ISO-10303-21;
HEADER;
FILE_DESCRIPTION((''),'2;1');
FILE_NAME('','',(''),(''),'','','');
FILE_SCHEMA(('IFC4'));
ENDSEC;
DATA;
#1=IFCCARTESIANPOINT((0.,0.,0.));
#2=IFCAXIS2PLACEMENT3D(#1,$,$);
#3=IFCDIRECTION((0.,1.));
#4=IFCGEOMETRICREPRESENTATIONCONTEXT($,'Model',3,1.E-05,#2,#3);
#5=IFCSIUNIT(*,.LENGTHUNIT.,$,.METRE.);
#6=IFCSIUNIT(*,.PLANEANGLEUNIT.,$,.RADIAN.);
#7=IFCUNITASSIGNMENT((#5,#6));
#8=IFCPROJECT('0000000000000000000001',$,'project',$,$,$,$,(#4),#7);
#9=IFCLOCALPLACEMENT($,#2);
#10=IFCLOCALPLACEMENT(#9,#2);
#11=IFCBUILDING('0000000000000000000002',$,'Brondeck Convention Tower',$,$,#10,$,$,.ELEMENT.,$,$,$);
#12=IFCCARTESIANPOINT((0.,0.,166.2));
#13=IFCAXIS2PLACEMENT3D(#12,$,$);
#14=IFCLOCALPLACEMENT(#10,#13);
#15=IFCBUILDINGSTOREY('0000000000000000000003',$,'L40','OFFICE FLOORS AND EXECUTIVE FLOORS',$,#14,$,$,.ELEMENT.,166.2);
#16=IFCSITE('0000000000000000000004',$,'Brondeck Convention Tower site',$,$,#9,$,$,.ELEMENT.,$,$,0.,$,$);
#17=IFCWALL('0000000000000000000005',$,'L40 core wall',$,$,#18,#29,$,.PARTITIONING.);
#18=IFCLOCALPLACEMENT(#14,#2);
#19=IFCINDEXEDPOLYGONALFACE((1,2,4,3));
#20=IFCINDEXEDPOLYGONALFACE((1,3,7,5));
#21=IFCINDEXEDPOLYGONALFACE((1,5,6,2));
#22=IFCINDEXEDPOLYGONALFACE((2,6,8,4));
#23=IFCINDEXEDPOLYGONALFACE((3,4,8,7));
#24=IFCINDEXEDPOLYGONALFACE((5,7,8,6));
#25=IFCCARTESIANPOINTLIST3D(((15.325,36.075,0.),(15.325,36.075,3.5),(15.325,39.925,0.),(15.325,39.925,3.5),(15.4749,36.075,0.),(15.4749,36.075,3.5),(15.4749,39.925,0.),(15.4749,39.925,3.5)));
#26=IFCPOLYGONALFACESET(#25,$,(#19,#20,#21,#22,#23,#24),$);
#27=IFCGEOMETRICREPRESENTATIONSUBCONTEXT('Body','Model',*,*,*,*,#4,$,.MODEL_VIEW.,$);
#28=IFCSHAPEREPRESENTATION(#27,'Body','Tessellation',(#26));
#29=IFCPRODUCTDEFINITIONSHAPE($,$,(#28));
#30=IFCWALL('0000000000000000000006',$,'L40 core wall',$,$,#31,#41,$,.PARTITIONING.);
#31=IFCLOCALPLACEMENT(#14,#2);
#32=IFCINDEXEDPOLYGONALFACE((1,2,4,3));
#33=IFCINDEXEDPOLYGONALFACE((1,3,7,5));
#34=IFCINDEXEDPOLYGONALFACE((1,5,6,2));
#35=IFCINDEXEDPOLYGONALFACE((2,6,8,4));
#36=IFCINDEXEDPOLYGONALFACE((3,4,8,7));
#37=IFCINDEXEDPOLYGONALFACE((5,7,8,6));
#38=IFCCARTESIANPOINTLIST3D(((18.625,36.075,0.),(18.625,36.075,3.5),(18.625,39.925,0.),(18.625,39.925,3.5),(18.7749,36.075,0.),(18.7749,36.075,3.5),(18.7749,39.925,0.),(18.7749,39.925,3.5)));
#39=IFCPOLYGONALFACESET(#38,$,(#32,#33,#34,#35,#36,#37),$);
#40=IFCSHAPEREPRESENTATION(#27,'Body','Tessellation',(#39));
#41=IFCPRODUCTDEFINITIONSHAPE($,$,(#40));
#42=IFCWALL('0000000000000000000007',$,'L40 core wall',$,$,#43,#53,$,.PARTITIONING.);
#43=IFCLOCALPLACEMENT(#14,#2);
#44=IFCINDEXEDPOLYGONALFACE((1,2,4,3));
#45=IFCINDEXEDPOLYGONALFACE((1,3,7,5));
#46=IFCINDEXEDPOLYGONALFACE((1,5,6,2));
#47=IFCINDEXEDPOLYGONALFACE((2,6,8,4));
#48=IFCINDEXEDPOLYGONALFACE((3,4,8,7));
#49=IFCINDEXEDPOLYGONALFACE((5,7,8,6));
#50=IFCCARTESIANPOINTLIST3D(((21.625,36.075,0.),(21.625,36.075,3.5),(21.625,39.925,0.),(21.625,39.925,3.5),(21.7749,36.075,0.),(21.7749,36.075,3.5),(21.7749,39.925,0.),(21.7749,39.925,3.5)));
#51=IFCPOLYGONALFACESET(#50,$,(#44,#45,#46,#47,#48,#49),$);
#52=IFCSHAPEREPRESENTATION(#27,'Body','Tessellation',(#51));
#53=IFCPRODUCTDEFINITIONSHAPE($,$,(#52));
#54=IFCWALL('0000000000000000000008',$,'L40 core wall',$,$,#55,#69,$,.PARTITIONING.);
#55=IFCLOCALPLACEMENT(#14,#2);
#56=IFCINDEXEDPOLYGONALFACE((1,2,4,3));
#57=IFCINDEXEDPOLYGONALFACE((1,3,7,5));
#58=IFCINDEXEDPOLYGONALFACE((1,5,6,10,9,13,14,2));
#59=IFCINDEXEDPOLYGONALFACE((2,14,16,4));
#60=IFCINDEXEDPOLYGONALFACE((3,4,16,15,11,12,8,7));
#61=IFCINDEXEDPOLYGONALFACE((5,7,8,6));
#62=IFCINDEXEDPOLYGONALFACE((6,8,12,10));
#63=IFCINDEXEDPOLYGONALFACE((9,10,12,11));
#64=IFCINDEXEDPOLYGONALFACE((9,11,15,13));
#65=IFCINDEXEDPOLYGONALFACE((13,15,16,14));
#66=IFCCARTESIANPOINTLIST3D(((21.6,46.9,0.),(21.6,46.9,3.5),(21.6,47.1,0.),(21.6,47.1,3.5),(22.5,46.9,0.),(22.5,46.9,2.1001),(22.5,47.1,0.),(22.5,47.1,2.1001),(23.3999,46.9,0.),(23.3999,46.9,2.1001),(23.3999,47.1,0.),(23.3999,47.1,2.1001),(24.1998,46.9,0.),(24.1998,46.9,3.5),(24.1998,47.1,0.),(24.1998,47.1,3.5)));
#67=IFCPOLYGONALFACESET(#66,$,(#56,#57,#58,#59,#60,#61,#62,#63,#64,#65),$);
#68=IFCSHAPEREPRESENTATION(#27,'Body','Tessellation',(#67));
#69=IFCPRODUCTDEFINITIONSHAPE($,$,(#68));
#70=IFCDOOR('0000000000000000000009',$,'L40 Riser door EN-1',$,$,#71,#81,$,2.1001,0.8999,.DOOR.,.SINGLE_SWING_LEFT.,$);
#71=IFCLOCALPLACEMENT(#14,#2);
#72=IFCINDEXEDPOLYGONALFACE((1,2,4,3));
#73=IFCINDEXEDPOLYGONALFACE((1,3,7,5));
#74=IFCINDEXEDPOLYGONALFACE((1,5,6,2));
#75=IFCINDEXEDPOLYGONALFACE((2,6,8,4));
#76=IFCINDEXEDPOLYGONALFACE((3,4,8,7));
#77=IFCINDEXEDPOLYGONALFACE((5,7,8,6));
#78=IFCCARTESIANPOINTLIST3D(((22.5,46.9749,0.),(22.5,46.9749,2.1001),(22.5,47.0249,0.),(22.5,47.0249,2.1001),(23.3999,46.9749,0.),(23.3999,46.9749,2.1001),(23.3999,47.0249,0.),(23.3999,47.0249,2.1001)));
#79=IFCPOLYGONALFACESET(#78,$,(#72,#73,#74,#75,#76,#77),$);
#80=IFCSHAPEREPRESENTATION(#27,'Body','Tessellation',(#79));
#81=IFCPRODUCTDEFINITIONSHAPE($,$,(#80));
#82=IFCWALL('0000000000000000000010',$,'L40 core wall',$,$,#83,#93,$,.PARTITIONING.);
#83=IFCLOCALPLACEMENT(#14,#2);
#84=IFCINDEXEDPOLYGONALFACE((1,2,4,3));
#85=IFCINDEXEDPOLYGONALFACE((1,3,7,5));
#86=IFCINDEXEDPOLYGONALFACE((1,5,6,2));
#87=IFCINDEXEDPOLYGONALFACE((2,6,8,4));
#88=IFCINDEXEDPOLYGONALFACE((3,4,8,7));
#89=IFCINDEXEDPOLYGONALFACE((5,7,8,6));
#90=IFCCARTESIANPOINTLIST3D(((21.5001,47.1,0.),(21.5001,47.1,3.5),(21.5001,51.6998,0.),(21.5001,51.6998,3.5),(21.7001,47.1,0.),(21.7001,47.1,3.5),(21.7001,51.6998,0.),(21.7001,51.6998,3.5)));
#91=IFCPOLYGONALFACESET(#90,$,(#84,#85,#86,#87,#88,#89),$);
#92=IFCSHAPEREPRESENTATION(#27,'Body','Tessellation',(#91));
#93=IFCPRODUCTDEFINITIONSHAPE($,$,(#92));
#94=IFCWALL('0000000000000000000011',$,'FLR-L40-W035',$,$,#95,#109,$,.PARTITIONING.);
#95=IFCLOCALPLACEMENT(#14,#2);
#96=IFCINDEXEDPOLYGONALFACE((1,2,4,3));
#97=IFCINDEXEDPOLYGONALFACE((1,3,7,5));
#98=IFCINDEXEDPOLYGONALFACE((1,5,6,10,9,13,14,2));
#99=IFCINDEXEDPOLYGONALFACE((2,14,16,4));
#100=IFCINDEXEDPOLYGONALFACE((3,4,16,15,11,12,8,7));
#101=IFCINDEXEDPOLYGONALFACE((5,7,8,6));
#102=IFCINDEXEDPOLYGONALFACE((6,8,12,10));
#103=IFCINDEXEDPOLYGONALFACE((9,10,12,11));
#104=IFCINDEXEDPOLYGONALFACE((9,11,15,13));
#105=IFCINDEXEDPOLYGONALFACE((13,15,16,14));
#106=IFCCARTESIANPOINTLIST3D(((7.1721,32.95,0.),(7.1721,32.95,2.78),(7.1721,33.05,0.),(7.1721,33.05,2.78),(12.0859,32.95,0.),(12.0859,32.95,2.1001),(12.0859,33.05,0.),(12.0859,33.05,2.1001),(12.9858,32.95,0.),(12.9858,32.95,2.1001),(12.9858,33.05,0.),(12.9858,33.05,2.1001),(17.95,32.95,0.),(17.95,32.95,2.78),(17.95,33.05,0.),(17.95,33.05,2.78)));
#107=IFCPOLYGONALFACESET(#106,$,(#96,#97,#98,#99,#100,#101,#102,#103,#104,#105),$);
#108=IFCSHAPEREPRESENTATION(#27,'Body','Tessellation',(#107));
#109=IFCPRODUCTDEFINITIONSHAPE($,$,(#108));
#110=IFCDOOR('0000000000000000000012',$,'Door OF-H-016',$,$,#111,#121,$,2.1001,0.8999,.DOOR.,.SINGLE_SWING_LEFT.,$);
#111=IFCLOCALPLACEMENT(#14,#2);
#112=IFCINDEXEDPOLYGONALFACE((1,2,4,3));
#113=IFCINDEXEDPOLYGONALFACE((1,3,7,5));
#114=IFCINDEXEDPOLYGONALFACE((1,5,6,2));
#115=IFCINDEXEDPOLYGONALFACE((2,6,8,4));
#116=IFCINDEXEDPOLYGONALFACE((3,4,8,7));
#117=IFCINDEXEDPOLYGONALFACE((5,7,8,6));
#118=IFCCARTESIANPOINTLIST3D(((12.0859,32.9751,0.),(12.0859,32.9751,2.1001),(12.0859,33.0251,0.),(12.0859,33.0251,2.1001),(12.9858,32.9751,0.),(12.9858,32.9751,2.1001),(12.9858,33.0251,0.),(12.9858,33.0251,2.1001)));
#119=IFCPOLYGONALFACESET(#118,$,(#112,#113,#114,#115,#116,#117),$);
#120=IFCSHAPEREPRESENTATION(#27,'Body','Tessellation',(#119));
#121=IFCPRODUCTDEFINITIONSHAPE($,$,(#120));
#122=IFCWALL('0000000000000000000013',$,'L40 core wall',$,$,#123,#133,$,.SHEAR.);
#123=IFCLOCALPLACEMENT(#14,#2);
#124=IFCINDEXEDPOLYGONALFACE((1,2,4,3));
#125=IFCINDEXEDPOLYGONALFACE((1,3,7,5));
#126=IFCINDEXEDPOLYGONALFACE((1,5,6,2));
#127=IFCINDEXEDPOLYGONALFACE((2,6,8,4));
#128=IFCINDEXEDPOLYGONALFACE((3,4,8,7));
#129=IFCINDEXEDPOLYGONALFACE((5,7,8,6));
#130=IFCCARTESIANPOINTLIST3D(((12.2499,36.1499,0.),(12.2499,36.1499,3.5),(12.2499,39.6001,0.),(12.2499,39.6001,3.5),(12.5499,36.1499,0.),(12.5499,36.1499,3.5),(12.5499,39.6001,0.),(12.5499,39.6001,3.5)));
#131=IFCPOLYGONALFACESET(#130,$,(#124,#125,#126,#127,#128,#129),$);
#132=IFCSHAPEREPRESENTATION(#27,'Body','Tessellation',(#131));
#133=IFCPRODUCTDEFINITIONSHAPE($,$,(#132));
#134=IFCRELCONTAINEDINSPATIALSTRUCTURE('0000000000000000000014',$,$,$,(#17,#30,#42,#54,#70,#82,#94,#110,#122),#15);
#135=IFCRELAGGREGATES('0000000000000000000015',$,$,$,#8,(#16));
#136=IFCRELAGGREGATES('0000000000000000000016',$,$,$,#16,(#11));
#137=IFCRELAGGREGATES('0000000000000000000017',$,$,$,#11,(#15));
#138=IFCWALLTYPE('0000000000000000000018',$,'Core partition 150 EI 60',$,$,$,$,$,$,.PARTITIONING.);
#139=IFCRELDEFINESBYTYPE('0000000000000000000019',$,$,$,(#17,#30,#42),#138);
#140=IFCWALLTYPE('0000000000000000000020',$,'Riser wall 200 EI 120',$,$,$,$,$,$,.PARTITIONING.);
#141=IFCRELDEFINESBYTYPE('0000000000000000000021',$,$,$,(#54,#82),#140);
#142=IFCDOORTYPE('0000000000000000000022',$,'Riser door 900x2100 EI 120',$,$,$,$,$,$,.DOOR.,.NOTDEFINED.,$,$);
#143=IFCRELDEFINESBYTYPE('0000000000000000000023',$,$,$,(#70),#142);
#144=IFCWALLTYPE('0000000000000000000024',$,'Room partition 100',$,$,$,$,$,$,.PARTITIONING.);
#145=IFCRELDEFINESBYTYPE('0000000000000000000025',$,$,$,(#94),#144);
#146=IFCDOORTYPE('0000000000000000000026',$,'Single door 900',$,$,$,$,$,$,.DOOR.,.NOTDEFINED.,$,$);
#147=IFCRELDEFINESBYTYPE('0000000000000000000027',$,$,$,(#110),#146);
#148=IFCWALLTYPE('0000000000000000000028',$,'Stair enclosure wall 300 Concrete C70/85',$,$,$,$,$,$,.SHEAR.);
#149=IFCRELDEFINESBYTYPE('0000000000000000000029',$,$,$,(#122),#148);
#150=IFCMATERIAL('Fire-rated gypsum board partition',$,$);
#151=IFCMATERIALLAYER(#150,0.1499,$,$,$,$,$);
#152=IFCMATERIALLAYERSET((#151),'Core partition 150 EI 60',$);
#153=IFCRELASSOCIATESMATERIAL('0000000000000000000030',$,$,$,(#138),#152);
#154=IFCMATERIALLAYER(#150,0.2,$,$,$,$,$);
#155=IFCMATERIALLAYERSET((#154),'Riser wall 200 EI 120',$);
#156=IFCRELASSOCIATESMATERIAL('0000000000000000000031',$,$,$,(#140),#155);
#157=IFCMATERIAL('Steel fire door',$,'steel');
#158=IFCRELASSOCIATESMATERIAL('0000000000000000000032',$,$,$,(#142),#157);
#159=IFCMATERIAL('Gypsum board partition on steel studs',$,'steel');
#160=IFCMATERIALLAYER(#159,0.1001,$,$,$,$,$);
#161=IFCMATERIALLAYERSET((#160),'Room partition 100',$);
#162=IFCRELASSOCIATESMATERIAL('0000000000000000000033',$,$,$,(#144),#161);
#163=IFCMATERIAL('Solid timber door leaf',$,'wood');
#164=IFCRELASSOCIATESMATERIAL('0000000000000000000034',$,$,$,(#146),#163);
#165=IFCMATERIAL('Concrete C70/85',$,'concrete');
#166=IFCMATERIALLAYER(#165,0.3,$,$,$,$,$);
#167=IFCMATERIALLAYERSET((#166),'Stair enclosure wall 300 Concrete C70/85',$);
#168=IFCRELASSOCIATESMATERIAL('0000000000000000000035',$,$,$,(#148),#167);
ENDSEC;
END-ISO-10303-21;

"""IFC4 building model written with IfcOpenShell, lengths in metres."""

from ifc_helpers import new_model, si_unit, direction, frame, frame_2d, origin, place, context, subcontext, project, spatial, rectangle, extrude, material, layer, layer_set, type_object, element, fill, save


model = new_model("IFC4")

# Units and contexts
model_context = context("Model", 3, precision=1e-05, world=origin(), true_north=direction((0.0, 1.0)))
body_context = subcontext(model_context, "Body", "Model", "MODEL_VIEW")
ifc_project = project(units=[si_unit("LENGTHUNIT", "METRE"), si_unit("PLANEANGLEUNIT", "RADIAN")], contexts=[model_context])

# Site, building, storey
site_placement = place(None, origin())
site = spatial("IfcSite", under=ifc_project, at=site_placement, Name="Brondeck Convention Tower site", CompositionType="ELEMENT", RefElevation=0.0)
building_placement = place(site_placement, origin())
building = spatial("IfcBuilding", under=site, at=building_placement, Name="Brondeck Convention Tower", CompositionType="ELEMENT")
storey_placement = place(building_placement, frame((0.0, 0.0, 166.2)))
storey = spatial("IfcBuildingStorey", under=building, at=storey_placement, Name="L40", Description="OFFICE FLOORS AND EXECUTIVE FLOORS", CompositionType="ELEMENT", Elevation=166.2)

# Shared definitions
ifc_material_1 = material(Name="Concrete C70/85", Category="concrete")
ifc_material_2 = material(Name="Steel fire door", Category="steel")

# Walls
ifc_material_3 = material(Name="Fire-rated gypsum board partition")
ifc_layer_1 = layer(ifc_material_3, 0.1499)
ifc_layer_set_1 = layer_set([ifc_layer_1], Name="Core partition 150 EI 60")
wall_type_1 = type_object("IfcWallType", Name="Core partition 150 EI 60", PredefinedType="PARTITIONING", material=ifc_layer_set_1)
for number, where, z_axis, x_axis, name in (
    (1, (15.3999, 36.075, 0.0), (0.0, 0.0, 1.0), (0.0, 1.0, 0.0), "L40 core wall"),
    (2, (18.7, 36.075, 0.0), (0.0, 0.0, 1.0), (0.0, 1.0, 0.0), "L40 core wall"),
    (3, (21.7, 36.075, 0.0), (0.0, 0.0, 1.0), (0.0, 1.0, 0.0), "L40 core wall"),
):
    element("IfcWall", number, at=place(storey_placement, frame(where, z_axis=z_axis, x_axis=x_axis)), inside=storey, type_object=wall_type_1, Name=name, PredefinedType="PARTITIONING", context=body_context, shape_type="SweptSolid", body=[
        extrude(rectangle(XDim=3.8501, YDim=0.1499, at=frame_2d((1.925, 0.0))), origin(), (0.0, 0.0, 1.0), 3.5),
    ])

# Wall, opening, door
ifc_layer_2 = layer(ifc_material_3, 0.2)
ifc_layer_set_2 = layer_set([ifc_layer_2], Name="Riser wall 200 EI 120")
wall_type_2 = type_object("IfcWallType", Name="Riser wall 200 EI 120", PredefinedType="PARTITIONING", material=ifc_layer_set_2)
wall_1_placement = place(storey_placement, frame((21.6001, 47.0, 0.0), z_axis=(0.0, 0.0, 1.0), x_axis=(1.0, 0.0, 0.0)))
wall_1 = element("IfcWall", 4, at=wall_1_placement, inside=storey, type_object=wall_type_2, Name="L40 core wall", PredefinedType="PARTITIONING", context=body_context, shape_type="SweptSolid", body=[
    extrude(rectangle(XDim=2.5999, YDim=0.2, at=frame_2d((1.2998, 0.0))), origin(), (0.0, 0.0, 1.0), 3.5),
])
opening_1_placement = place(wall_1_placement, frame((0.8999, 0.0, 0.0)))
opening_1 = element("IfcOpeningElement", 5, at=opening_1_placement, cuts=wall_1, PredefinedType="OPENING", context=body_context, shape_type="SweptSolid", body=[
    extrude(rectangle(XDim=0.8999, YDim=2.1001, at=frame_2d((0.45, 1.05))), frame((0.0, 0.1099, 0.0), z_axis=(0.0, -1.0, 0.0), x_axis=(1.0, 0.0, 0.0)), (0.0, 0.0, 1.0), 0.22),
])
door_type_1 = type_object("IfcDoorType", Name="Riser door 900x2100 EI 120", OperationType="NOTDEFINED", PredefinedType="DOOR", material=ifc_material_2)
door_1_placement = place(opening_1_placement, origin())
door_1 = element("IfcDoor", 6, at=door_1_placement, inside=storey, type_object=door_type_1, Name="L40 Riser door EN-1", OperationType="SINGLE_SWING_LEFT", OverallHeight=2.1001, OverallWidth=0.8999, PredefinedType="DOOR", context=body_context, shape_type="SweptSolid", body=[
    extrude(rectangle(XDim=0.8999, YDim=2.1001, at=frame_2d((0.45, 1.05))), frame((0.0, 0.0249, 0.0), z_axis=(0.0, -1.0, 0.0), x_axis=(1.0, 0.0, 0.0)), (0.0, 0.0, 1.0), 0.05),
])
fill(opening_1, door_1)

# Wall
wall_2_placement = place(storey_placement, frame((21.6001, 47.1001, 0.0), z_axis=(0.0, 0.0, 1.0), x_axis=(0.0, 1.0, 0.0)))
element("IfcWall", 7, at=wall_2_placement, inside=storey, type_object=wall_type_2, Name="L40 core wall", PredefinedType="PARTITIONING", context=body_context, shape_type="SweptSolid", body=[
    extrude(rectangle(XDim=4.5999, YDim=0.2, at=frame_2d((2.2998, 0.0))), origin(), (0.0, 0.0, 1.0), 3.5),
])

# Wall, opening, door
ifc_material_4 = material(Name="Gypsum board partition on steel studs", Category="steel")
ifc_layer_3 = layer(ifc_material_4, 0.1001)
ifc_layer_set_3 = layer_set([ifc_layer_3], Name="Room partition 100")
wall_type_3 = type_object("IfcWallType", Name="Room partition 100", PredefinedType="PARTITIONING", material=ifc_layer_set_3)
wall_3_placement = place(storey_placement, frame((17.95, 33.0, 0.0), z_axis=(0.0, 0.0, 1.0), x_axis=(-1.0, 0.0, 0.0)))
wall_3 = element("IfcWall", 8, at=wall_3_placement, inside=storey, type_object=wall_type_3, Name="FLR-L40-W035", PredefinedType="PARTITIONING", context=body_context, shape_type="SweptSolid", body=[
    extrude(rectangle(XDim=10.7778, YDim=0.1001, at=frame_2d((5.3889, 0.0))), origin(), (0.0, 0.0, 1.0), 2.78),
])
opening_2_placement = place(wall_3_placement, frame((4.9641, 0.0, 0.0)))
opening_2 = element("IfcOpeningElement", 9, at=opening_2_placement, cuts=wall_3, PredefinedType="OPENING", context=body_context, shape_type="SweptSolid", body=[
    extrude(rectangle(XDim=0.8999, YDim=2.1001, at=frame_2d((0.45, 1.05))), frame((0.0, 0.0601, 0.0), z_axis=(0.0, -1.0, 0.0), x_axis=(1.0, 0.0, 0.0)), (0.0, 0.0, 1.0), 0.1201),
])
ifc_material_5 = material(Name="Solid timber door leaf", Category="wood")
door_type_2 = type_object("IfcDoorType", Name="Single door 900", OperationType="NOTDEFINED", PredefinedType="DOOR", material=ifc_material_5)
door_2_placement = place(opening_2_placement, origin())
door_2 = element("IfcDoor", 10, at=door_2_placement, inside=storey, type_object=door_type_2, Name="Door OF-H-016", OperationType="SINGLE_SWING_LEFT", OverallHeight=2.1001, OverallWidth=0.8999, PredefinedType="DOOR", context=body_context, shape_type="SweptSolid", body=[
    extrude(rectangle(XDim=0.8999, YDim=2.1001, at=frame_2d((0.45, 1.05))), frame((0.0, 0.0249, 0.0), z_axis=(0.0, -1.0, 0.0), x_axis=(1.0, 0.0, 0.0)), (0.0, 0.0, 1.0), 0.05),
])
fill(opening_2, door_2)

# Wall
ifc_layer_4 = layer(ifc_material_1, 0.3)
ifc_layer_set_4 = layer_set([ifc_layer_4], Name="Stair enclosure wall 300 Concrete C70/85")
wall_type_4 = type_object("IfcWallType", Name="Stair enclosure wall 300 Concrete C70/85", PredefinedType="SHEAR", material=ifc_layer_set_4)
wall_4_placement = place(storey_placement, frame((12.3999, 36.1499, 0.0), z_axis=(0.0, 0.0, 1.0), x_axis=(0.0, 1.0, 0.0)))
element("IfcWall", 11, at=wall_4_placement, inside=storey, type_object=wall_type_4, Name="L40 core wall", PredefinedType="SHEAR", context=body_context, shape_type="SweptSolid", body=[
    extrude(rectangle(XDim=3.4502, YDim=0.3, at=frame_2d((1.7251, 0.0))), origin(), (0.0, 0.0, 1.0), 3.5),
])

save(model, "model.ifc")
